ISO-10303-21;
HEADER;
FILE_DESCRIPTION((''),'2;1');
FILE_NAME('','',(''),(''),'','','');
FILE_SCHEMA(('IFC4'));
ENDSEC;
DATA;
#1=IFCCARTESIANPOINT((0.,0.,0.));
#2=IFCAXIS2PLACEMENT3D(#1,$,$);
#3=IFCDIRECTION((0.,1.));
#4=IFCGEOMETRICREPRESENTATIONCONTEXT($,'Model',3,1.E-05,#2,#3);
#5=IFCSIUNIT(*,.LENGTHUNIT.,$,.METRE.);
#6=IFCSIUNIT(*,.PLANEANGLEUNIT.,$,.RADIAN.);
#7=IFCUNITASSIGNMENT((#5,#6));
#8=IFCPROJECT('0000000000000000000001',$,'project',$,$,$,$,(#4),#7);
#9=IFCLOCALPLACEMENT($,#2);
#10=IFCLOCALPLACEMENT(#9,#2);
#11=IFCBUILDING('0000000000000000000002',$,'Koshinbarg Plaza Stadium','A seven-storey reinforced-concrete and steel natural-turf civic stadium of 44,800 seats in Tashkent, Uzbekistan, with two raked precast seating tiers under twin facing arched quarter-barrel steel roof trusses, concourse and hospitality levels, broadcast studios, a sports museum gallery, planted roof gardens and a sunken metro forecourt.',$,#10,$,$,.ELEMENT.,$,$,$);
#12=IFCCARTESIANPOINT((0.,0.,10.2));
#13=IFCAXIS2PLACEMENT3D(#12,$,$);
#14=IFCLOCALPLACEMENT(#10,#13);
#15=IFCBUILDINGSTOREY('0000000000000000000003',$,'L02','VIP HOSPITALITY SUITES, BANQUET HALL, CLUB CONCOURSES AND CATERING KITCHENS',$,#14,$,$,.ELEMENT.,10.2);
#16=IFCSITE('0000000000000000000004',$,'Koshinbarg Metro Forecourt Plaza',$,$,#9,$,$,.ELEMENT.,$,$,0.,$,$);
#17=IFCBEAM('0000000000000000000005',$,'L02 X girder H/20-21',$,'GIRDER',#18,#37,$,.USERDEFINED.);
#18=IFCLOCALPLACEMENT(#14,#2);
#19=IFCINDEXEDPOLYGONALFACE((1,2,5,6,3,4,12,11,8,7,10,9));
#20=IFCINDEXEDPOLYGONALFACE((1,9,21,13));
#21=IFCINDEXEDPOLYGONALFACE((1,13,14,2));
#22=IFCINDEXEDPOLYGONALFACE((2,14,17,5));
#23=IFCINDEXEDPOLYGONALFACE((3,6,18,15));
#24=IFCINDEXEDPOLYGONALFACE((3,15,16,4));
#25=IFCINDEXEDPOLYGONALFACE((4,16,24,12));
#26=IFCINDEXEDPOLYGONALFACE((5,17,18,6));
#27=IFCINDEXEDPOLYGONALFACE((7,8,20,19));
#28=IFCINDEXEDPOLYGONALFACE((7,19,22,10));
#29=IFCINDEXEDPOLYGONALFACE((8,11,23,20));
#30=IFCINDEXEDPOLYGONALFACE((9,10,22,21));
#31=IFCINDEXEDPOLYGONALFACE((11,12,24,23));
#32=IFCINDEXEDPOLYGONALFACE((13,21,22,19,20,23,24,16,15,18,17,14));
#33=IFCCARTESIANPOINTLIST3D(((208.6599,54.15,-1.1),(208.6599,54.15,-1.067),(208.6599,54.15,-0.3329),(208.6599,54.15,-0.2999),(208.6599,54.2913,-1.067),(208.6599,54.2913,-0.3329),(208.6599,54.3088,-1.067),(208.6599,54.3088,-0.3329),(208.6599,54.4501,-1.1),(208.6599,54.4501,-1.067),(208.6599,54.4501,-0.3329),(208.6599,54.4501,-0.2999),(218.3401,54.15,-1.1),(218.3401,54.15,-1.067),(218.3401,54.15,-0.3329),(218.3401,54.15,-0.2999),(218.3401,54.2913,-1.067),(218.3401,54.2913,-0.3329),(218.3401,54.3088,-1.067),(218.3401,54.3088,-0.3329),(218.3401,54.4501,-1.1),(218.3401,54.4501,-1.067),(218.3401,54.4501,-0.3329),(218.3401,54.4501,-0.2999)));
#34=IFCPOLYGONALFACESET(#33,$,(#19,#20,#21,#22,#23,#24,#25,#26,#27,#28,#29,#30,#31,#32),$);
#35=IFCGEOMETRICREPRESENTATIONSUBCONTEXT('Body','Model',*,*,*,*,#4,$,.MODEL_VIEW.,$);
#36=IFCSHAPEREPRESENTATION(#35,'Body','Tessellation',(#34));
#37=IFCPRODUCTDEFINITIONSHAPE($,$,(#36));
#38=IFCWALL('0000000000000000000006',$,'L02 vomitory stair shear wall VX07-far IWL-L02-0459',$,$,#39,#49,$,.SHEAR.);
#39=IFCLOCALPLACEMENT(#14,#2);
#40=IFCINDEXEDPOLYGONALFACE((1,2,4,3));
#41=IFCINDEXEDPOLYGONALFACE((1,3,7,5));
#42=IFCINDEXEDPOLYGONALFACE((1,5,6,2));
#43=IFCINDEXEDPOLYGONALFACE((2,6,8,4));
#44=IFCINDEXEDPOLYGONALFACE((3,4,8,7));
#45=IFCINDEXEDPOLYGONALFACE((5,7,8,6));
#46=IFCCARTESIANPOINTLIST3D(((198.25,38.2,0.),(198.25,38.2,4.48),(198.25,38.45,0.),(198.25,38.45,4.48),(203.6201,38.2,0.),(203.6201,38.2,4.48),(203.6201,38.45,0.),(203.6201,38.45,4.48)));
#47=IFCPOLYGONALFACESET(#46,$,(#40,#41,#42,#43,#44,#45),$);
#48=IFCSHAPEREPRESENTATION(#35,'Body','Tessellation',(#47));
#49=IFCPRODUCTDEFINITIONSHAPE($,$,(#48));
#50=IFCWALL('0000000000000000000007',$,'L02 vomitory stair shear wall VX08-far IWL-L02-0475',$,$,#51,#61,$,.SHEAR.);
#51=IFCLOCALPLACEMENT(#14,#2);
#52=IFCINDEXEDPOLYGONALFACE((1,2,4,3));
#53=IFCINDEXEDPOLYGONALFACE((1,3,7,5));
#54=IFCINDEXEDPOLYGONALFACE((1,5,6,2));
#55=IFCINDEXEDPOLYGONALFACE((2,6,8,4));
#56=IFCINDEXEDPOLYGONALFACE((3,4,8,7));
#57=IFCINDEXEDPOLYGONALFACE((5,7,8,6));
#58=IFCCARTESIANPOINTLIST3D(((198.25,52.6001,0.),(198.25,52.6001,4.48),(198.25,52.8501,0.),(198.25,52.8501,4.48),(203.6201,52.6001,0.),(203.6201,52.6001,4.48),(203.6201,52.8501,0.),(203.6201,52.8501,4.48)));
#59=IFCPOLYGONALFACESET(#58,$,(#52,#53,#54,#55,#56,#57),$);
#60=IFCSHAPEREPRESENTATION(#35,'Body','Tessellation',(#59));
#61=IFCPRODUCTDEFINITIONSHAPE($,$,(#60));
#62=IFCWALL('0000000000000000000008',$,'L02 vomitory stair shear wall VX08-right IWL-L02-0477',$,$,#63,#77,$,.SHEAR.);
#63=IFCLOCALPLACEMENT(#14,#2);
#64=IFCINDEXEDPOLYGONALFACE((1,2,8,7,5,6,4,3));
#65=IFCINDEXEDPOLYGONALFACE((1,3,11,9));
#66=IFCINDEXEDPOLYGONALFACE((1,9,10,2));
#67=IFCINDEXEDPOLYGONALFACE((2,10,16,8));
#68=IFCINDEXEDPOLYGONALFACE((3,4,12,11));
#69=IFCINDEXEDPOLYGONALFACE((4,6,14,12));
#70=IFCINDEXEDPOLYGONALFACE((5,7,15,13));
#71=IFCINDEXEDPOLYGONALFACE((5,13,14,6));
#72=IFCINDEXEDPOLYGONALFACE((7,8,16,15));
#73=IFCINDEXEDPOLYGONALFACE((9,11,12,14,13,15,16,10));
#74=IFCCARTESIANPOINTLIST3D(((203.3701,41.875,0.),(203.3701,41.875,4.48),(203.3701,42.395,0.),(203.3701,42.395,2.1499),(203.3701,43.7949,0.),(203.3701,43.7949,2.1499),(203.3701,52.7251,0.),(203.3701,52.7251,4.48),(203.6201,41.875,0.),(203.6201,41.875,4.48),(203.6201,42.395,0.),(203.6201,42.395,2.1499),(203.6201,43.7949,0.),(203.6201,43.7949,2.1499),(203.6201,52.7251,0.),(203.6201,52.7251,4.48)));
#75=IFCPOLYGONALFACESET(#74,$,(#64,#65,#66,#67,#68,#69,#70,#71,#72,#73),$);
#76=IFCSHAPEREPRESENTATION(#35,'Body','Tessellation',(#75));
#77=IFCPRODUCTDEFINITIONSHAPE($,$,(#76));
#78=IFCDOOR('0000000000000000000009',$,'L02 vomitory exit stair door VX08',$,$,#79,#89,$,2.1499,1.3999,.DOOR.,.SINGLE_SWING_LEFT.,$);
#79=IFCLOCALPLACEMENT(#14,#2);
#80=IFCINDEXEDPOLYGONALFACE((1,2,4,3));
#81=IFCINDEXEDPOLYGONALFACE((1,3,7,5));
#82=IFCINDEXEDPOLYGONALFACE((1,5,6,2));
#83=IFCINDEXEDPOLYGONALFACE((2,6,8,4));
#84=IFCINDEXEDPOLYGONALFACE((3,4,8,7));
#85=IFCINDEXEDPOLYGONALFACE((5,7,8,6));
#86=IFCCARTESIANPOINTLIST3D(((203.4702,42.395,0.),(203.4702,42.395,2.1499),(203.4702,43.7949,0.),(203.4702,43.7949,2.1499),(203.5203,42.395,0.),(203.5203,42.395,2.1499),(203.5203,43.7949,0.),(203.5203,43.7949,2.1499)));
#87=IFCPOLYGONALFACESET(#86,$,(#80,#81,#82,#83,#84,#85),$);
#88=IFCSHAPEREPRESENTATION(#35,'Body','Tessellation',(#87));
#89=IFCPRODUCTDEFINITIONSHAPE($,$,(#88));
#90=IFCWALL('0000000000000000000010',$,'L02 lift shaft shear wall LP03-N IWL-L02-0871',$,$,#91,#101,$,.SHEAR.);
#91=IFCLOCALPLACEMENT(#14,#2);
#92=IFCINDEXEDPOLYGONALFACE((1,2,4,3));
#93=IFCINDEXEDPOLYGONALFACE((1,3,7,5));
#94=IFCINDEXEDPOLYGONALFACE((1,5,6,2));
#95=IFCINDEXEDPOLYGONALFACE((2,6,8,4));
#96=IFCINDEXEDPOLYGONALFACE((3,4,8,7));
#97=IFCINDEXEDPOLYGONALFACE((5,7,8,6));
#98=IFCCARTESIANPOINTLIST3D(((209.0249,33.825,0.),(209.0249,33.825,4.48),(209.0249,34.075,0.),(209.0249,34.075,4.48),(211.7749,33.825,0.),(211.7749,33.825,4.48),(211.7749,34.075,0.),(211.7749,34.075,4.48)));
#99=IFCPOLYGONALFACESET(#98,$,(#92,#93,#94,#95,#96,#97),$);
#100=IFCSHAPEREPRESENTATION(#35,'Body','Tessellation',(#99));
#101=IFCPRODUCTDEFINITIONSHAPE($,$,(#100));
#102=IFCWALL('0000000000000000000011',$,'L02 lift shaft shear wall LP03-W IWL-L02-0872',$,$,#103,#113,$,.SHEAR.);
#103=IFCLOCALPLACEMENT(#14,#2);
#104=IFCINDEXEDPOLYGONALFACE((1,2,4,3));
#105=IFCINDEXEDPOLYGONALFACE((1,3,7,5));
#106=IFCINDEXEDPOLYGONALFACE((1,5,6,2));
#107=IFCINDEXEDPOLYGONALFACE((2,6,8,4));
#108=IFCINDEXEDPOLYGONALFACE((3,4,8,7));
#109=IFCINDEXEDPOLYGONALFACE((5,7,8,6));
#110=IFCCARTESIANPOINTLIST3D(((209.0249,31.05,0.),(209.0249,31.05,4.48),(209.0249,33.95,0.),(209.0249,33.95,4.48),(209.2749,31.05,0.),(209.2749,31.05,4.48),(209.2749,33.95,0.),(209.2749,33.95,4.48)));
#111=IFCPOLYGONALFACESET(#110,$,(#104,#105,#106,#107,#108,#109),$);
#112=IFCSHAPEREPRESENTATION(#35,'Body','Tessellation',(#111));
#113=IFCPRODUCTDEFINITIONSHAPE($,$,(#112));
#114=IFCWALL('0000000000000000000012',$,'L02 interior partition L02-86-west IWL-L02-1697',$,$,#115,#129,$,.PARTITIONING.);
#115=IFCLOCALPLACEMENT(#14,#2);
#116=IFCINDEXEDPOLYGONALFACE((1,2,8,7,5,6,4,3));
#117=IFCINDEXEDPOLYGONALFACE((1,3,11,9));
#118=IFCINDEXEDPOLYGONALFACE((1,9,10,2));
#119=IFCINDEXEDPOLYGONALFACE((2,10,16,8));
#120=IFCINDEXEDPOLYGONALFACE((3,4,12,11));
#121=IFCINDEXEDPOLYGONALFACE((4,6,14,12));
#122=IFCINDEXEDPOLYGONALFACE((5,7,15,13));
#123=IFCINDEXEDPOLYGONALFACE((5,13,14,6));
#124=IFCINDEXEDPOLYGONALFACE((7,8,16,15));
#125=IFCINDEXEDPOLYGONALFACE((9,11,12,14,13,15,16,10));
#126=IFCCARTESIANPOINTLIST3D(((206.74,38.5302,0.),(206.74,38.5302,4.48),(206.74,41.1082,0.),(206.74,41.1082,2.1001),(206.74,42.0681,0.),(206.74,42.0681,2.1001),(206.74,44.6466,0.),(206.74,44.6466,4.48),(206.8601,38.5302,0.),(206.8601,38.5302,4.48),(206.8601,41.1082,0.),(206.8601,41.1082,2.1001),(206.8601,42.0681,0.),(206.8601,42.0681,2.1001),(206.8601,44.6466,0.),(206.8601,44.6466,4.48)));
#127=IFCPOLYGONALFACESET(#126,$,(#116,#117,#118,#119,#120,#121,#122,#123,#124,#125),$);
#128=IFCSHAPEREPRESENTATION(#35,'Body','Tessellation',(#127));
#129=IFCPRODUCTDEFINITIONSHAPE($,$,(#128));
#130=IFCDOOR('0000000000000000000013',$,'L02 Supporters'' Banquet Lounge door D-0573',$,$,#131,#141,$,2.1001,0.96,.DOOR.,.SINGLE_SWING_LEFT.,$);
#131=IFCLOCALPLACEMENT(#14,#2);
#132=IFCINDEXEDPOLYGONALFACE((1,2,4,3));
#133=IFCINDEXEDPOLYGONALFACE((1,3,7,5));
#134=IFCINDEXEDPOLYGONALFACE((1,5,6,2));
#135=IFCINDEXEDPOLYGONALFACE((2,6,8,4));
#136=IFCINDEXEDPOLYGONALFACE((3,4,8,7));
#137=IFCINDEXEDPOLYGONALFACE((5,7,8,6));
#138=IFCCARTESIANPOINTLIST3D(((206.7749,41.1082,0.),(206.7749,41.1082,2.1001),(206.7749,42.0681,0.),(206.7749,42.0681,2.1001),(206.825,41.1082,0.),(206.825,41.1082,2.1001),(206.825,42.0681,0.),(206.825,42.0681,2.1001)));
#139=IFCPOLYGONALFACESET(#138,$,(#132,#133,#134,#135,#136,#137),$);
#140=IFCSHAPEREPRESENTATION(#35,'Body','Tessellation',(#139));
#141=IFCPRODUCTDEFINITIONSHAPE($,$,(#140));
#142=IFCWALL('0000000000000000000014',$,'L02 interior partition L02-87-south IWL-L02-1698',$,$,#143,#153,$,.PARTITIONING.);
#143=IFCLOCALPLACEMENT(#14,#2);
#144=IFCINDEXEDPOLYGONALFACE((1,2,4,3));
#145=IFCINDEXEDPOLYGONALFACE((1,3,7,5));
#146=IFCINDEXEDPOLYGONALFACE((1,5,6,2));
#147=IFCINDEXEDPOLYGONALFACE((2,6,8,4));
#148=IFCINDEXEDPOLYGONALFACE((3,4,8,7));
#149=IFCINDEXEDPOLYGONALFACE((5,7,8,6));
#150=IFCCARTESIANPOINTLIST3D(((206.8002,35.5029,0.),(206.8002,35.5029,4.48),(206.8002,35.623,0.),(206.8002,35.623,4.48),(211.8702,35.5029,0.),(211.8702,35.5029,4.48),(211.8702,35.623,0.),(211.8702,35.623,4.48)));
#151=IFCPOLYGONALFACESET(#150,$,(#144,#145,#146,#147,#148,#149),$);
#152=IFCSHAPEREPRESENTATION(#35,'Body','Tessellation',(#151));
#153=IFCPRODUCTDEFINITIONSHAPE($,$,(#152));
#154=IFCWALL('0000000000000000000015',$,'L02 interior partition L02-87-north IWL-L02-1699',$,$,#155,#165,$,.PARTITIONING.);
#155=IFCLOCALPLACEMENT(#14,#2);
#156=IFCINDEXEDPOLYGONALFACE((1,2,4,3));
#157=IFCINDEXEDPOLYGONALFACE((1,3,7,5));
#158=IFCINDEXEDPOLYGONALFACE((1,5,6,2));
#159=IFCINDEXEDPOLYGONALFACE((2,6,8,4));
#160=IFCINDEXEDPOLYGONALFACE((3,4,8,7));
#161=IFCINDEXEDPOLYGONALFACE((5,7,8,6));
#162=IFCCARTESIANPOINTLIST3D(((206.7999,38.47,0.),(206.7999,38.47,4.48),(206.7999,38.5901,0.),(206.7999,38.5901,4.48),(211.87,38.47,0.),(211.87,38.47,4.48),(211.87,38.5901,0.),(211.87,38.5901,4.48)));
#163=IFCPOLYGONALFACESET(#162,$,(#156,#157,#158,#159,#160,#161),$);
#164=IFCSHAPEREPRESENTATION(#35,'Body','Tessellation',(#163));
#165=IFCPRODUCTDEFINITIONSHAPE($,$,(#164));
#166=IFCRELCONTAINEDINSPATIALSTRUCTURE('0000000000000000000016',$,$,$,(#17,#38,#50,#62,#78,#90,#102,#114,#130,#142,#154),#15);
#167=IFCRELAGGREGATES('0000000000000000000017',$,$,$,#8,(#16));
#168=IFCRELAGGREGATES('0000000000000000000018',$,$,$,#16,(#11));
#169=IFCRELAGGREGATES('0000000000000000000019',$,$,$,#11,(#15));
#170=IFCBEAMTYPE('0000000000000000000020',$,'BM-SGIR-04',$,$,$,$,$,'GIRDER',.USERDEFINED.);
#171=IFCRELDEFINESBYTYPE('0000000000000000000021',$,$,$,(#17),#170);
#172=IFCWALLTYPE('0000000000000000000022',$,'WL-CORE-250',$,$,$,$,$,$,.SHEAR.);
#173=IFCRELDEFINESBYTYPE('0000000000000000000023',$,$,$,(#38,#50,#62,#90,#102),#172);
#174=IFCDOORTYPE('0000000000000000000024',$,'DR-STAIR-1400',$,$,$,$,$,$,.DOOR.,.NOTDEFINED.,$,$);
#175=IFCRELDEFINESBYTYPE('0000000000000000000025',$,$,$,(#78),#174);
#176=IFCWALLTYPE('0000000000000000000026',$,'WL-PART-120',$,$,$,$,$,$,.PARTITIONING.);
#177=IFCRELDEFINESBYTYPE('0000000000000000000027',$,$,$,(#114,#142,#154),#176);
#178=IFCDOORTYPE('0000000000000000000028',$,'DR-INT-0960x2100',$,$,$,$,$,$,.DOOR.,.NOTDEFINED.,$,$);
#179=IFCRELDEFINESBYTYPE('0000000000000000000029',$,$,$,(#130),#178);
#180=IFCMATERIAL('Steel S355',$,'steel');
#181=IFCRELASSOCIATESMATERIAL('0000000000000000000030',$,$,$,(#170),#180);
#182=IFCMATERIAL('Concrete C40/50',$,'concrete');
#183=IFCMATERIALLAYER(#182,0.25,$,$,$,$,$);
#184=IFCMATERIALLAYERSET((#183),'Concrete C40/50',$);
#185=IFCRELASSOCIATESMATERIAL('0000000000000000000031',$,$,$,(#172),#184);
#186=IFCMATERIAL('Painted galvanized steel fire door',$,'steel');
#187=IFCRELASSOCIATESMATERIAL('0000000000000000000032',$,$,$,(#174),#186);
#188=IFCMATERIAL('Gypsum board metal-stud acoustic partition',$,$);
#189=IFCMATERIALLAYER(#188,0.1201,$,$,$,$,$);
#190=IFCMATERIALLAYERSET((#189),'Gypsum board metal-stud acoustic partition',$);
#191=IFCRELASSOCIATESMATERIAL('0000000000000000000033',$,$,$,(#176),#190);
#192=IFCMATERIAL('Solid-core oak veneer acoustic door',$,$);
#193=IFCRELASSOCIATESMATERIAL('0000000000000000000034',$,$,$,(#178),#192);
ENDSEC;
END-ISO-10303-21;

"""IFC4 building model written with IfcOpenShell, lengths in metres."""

from ifc_helpers import new_model, si_unit, direction, frame, frame_2d, origin, origin_2d, place, context, subcontext, project, spatial, rectangle, i_section, extrude, material, layer, layer_set, material_profile, profile_set, type_object, element, fill, save


model = new_model("IFC4")

# Units and contexts
model_context = context("Model", 3, precision=1e-05, world=origin(), true_north=direction((0.0, 1.0)))
body_context = subcontext(model_context, "Body", "Model", "MODEL_VIEW")
ifc_project = project(units=[si_unit("LENGTHUNIT", "METRE"), si_unit("PLANEANGLEUNIT", "RADIAN")], contexts=[model_context])

# Site, building, storey
site_placement = place(None, origin())
site = spatial("IfcSite", under=ifc_project, at=site_placement, Name="Koshinbarg Metro Forecourt Plaza", CompositionType="ELEMENT", RefElevation=0.0)
building_placement = place(site_placement, origin())
building = spatial("IfcBuilding", under=site, at=building_placement, Name="Koshinbarg Plaza Stadium", Description="A seven-storey reinforced-concrete and steel natural-turf civic stadium of 44,800 seats in Tashkent, Uzbekistan, with two raked precast seating tiers under twin facing arched quarter-barrel steel roof trusses, concourse and hospitality levels, broadcast studios, a sports museum gallery, planted roof gardens and a sunken metro forecourt.", CompositionType="ELEMENT")
storey_placement = place(building_placement, frame((0.0, 0.0, 10.2)))
storey = spatial("IfcBuildingStorey", under=building, at=storey_placement, Name="L02", Description="VIP HOSPITALITY SUITES, BANQUET HALL, CLUB CONCOURSES AND CATERING KITCHENS", CompositionType="ELEMENT", Elevation=10.2)

# Shared definitions
ifc_material_1 = material(Name="Concrete C40/50", Category="concrete")

# Beam
ifc_material_2 = material(Name="Steel S355", Category="steel")
ifc_material_profile_1 = material_profile(ifc_material_2, i_section(OverallWidth=0.3, OverallDepth=0.8, WebThickness=0.0176, FlangeThickness=0.033, at=origin_2d()), Name="HEB 800")
ifc_profile_set_1 = profile_set([ifc_material_profile_1], Name="Steel S355")
beam_type_1 = type_object("IfcBeamType", Name="BM-SGIR-04", ElementType="GIRDER", PredefinedType="USERDEFINED", material=ifc_profile_set_1)
for number, where, z_axis, x_axis, name in (
    (1, (208.6599, 54.3, -0.7), (1.0, 0.0, 0.0), (0.0, 1.0, 0.0), "L02 X girder H/20-21"),
):
    element("IfcBeam", number, at=place(storey_placement, frame(where, z_axis=z_axis, x_axis=x_axis)), inside=storey, type_object=beam_type_1, Name=name, ObjectType="GIRDER", PredefinedType="USERDEFINED", context=body_context, shape_type="SweptSolid", body=[
        extrude(i_section(OverallWidth=0.3, OverallDepth=0.8, WebThickness=0.0176, FlangeThickness=0.033, at=origin_2d()), origin(), (0.0, 0.0, 1.0), 9.6802),
    ])

# Walls
ifc_layer_1 = layer(ifc_material_1, 0.25)
ifc_layer_set_1 = layer_set([ifc_layer_1], Name="Concrete C40/50")
wall_type_1 = type_object("IfcWallType", Name="WL-CORE-250", PredefinedType="SHEAR", material=ifc_layer_set_1)
for number, where, z_axis, x_axis, name in (
    (2, (203.6201, 38.325, 0.0), (0.0, 0.0, 1.0), (-1.0, 0.0, 0.0), "L02 vomitory stair shear wall VX07-far IWL-L02-0459"),
    (3, (203.6201, 52.7251, 0.0), (0.0, 0.0, 1.0), (-1.0, 0.0, 0.0), "L02 vomitory stair shear wall VX08-far IWL-L02-0475"),
):
    element("IfcWall", number, at=place(storey_placement, frame(where, z_axis=z_axis, x_axis=x_axis)), inside=storey, type_object=wall_type_1, Name=name, PredefinedType="SHEAR", context=body_context, shape_type="SweptSolid", body=[
        extrude(rectangle(XDim=5.3701, YDim=0.25, at=frame_2d((2.6851, 0.0))), origin(), (0.0, 0.0, 1.0), 4.48),
    ])

# Wall, opening, door
wall_1_placement = place(storey_placement, frame((203.4951, 41.875, 0.0), z_axis=(0.0, 0.0, 1.0), x_axis=(0.0, 1.0, 0.0)))
wall_1 = element("IfcWall", 4, at=wall_1_placement, inside=storey, type_object=wall_type_1, Name="L02 vomitory stair shear wall VX08-right IWL-L02-0477", PredefinedType="SHEAR", context=body_context, shape_type="SweptSolid", body=[
    extrude(rectangle(XDim=10.8501, YDim=0.25, at=frame_2d((5.425, 0.0))), origin(), (0.0, 0.0, 1.0), 4.48),
])
opening_1_placement = place(wall_1_placement, frame((0.52, 0.0, 0.0)))
opening_1 = element("IfcOpeningElement", 5, at=opening_1_placement, cuts=wall_1, PredefinedType="OPENING", context=body_context, shape_type="SweptSolid", body=[
    extrude(rectangle(XDim=1.3999, YDim=2.1499, at=frame_2d((0.7, 1.075))), frame((0.0, 0.135, 0.0), z_axis=(0.0, -1.0, 0.0), x_axis=(1.0, 0.0, 0.0)), (0.0, 0.0, 1.0), 0.27),
])
ifc_material_3 = material(Name="Painted galvanized steel fire door", Category="steel")
door_type_1 = type_object("IfcDoorType", Name="DR-STAIR-1400", OperationType="NOTDEFINED", PredefinedType="DOOR", material=ifc_material_3)
door_1_placement = place(opening_1_placement, origin())
door_1 = element("IfcDoor", 6, at=door_1_placement, inside=storey, type_object=door_type_1, Name="L02 vomitory exit stair door VX08", OperationType="SINGLE_SWING_LEFT", OverallHeight=2.1499, OverallWidth=1.3999, PredefinedType="DOOR", context=body_context, shape_type="SweptSolid", body=[
    extrude(rectangle(XDim=1.3999, YDim=2.1499, at=frame_2d((0.7, 1.075))), frame((0.0, 0.0249, 0.0), z_axis=(0.0, -1.0, 0.0), x_axis=(1.0, 0.0, 0.0)), (0.0, 0.0, 1.0), 0.05),
])
fill(opening_1, door_1)

# Walls
wall_2_placement = place(storey_placement, frame((211.7749, 33.95, 0.0), z_axis=(0.0, 0.0, 1.0), x_axis=(-1.0, 0.0, 0.0)))
element("IfcWall", 7, at=wall_2_placement, inside=storey, type_object=wall_type_1, Name="L02 lift shaft shear wall LP03-N IWL-L02-0871", PredefinedType="SHEAR", context=body_context, shape_type="SweptSolid", body=[
    extrude(rectangle(XDim=2.75, YDim=0.25, at=frame_2d((1.375, 0.0))), origin(), (0.0, 0.0, 1.0), 4.48),
])
wall_3_placement = place(storey_placement, frame((209.1499, 33.95, 0.0), z_axis=(0.0, 0.0, 1.0), x_axis=(0.0, -1.0, 0.0)))
element("IfcWall", 8, at=wall_3_placement, inside=storey, type_object=wall_type_1, Name="L02 lift shaft shear wall LP03-W IWL-L02-0872", PredefinedType="SHEAR", context=body_context, shape_type="SweptSolid", body=[
    extrude(rectangle(XDim=2.8999, YDim=0.25, at=frame_2d((1.45, 0.0))), origin(), (0.0, 0.0, 1.0), 4.48),
])

# Wall, opening, door
ifc_material_4 = material(Name="Gypsum board metal-stud acoustic partition")
ifc_layer_2 = layer(ifc_material_4, 0.1201)
ifc_layer_set_2 = layer_set([ifc_layer_2], Name="Gypsum board metal-stud acoustic partition")
wall_type_2 = type_object("IfcWallType", Name="WL-PART-120", PredefinedType="PARTITIONING", material=ifc_layer_set_2)
wall_4_placement = place(storey_placement, frame((206.8, 44.6465, 0.0), z_axis=(0.0, 0.0, 1.0), x_axis=(0.0, -1.0, 0.0)))
wall_4 = element("IfcWall", 9, at=wall_4_placement, inside=storey, type_object=wall_type_2, Name="L02 interior partition L02-86-west IWL-L02-1697", PredefinedType="PARTITIONING", context=body_context, shape_type="SweptSolid", body=[
    extrude(rectangle(XDim=6.1165, YDim=0.1201, at=frame_2d((3.0581, 0.0))), origin(), (0.0, 0.0, 1.0), 4.48),
])
opening_2_placement = place(wall_4_placement, frame((2.5784, 0.0, 0.0)))
opening_2 = element("IfcOpeningElement", 10, at=opening_2_placement, cuts=wall_4, PredefinedType="OPENING", context=body_context, shape_type="SweptSolid", body=[
    extrude(rectangle(XDim=0.96, YDim=2.1001, at=frame_2d((0.48, 1.05))), frame((0.0, 0.0701, 0.0), z_axis=(0.0, -1.0, 0.0), x_axis=(1.0, 0.0, 0.0)), (0.0, 0.0, 1.0), 0.1401),
])
ifc_material_5 = material(Name="Solid-core oak veneer acoustic door")
door_type_2 = type_object("IfcDoorType", Name="DR-INT-0960x2100", OperationType="NOTDEFINED", PredefinedType="DOOR", material=ifc_material_5)
door_2_placement = place(opening_2_placement, origin())
door_2 = element("IfcDoor", 11, at=door_2_placement, inside=storey, type_object=door_type_2, Name="L02 Supporters' Banquet Lounge door D-0573", OperationType="SINGLE_SWING_LEFT", OverallHeight=2.1001, OverallWidth=0.96, PredefinedType="DOOR", context=body_context, shape_type="SweptSolid", body=[
    extrude(rectangle(XDim=0.96, YDim=2.1001, at=frame_2d((0.48, 1.05))), frame((0.0, 0.0249, 0.0), z_axis=(0.0, -1.0, 0.0), x_axis=(1.0, 0.0, 0.0)), (0.0, 0.0, 1.0), 0.05),
])
fill(opening_2, door_2)

# Walls
for number, where, z_axis, x_axis, name in (
    (12, (206.8, 35.563, 0.0), (0.0, 0.0, 1.0), (1.0, 0.0, 0.0), "L02 interior partition L02-87-south IWL-L02-1698"),
    (13, (211.8701, 38.53, 0.0), (0.0, 0.0, 1.0), (-1.0, 0.0, 0.0), "L02 interior partition L02-87-north IWL-L02-1699"),
):
    element("IfcWall", number, at=place(storey_placement, frame(where, z_axis=z_axis, x_axis=x_axis)), inside=storey, type_object=wall_type_2, Name=name, PredefinedType="PARTITIONING", context=body_context, shape_type="SweptSolid", body=[
        extrude(rectangle(XDim=5.0701, YDim=0.1201, at=frame_2d((2.5352, 0.0))), origin(), (0.0, 0.0, 1.0), 4.48),
    ])

save(model, "model.ifc")
